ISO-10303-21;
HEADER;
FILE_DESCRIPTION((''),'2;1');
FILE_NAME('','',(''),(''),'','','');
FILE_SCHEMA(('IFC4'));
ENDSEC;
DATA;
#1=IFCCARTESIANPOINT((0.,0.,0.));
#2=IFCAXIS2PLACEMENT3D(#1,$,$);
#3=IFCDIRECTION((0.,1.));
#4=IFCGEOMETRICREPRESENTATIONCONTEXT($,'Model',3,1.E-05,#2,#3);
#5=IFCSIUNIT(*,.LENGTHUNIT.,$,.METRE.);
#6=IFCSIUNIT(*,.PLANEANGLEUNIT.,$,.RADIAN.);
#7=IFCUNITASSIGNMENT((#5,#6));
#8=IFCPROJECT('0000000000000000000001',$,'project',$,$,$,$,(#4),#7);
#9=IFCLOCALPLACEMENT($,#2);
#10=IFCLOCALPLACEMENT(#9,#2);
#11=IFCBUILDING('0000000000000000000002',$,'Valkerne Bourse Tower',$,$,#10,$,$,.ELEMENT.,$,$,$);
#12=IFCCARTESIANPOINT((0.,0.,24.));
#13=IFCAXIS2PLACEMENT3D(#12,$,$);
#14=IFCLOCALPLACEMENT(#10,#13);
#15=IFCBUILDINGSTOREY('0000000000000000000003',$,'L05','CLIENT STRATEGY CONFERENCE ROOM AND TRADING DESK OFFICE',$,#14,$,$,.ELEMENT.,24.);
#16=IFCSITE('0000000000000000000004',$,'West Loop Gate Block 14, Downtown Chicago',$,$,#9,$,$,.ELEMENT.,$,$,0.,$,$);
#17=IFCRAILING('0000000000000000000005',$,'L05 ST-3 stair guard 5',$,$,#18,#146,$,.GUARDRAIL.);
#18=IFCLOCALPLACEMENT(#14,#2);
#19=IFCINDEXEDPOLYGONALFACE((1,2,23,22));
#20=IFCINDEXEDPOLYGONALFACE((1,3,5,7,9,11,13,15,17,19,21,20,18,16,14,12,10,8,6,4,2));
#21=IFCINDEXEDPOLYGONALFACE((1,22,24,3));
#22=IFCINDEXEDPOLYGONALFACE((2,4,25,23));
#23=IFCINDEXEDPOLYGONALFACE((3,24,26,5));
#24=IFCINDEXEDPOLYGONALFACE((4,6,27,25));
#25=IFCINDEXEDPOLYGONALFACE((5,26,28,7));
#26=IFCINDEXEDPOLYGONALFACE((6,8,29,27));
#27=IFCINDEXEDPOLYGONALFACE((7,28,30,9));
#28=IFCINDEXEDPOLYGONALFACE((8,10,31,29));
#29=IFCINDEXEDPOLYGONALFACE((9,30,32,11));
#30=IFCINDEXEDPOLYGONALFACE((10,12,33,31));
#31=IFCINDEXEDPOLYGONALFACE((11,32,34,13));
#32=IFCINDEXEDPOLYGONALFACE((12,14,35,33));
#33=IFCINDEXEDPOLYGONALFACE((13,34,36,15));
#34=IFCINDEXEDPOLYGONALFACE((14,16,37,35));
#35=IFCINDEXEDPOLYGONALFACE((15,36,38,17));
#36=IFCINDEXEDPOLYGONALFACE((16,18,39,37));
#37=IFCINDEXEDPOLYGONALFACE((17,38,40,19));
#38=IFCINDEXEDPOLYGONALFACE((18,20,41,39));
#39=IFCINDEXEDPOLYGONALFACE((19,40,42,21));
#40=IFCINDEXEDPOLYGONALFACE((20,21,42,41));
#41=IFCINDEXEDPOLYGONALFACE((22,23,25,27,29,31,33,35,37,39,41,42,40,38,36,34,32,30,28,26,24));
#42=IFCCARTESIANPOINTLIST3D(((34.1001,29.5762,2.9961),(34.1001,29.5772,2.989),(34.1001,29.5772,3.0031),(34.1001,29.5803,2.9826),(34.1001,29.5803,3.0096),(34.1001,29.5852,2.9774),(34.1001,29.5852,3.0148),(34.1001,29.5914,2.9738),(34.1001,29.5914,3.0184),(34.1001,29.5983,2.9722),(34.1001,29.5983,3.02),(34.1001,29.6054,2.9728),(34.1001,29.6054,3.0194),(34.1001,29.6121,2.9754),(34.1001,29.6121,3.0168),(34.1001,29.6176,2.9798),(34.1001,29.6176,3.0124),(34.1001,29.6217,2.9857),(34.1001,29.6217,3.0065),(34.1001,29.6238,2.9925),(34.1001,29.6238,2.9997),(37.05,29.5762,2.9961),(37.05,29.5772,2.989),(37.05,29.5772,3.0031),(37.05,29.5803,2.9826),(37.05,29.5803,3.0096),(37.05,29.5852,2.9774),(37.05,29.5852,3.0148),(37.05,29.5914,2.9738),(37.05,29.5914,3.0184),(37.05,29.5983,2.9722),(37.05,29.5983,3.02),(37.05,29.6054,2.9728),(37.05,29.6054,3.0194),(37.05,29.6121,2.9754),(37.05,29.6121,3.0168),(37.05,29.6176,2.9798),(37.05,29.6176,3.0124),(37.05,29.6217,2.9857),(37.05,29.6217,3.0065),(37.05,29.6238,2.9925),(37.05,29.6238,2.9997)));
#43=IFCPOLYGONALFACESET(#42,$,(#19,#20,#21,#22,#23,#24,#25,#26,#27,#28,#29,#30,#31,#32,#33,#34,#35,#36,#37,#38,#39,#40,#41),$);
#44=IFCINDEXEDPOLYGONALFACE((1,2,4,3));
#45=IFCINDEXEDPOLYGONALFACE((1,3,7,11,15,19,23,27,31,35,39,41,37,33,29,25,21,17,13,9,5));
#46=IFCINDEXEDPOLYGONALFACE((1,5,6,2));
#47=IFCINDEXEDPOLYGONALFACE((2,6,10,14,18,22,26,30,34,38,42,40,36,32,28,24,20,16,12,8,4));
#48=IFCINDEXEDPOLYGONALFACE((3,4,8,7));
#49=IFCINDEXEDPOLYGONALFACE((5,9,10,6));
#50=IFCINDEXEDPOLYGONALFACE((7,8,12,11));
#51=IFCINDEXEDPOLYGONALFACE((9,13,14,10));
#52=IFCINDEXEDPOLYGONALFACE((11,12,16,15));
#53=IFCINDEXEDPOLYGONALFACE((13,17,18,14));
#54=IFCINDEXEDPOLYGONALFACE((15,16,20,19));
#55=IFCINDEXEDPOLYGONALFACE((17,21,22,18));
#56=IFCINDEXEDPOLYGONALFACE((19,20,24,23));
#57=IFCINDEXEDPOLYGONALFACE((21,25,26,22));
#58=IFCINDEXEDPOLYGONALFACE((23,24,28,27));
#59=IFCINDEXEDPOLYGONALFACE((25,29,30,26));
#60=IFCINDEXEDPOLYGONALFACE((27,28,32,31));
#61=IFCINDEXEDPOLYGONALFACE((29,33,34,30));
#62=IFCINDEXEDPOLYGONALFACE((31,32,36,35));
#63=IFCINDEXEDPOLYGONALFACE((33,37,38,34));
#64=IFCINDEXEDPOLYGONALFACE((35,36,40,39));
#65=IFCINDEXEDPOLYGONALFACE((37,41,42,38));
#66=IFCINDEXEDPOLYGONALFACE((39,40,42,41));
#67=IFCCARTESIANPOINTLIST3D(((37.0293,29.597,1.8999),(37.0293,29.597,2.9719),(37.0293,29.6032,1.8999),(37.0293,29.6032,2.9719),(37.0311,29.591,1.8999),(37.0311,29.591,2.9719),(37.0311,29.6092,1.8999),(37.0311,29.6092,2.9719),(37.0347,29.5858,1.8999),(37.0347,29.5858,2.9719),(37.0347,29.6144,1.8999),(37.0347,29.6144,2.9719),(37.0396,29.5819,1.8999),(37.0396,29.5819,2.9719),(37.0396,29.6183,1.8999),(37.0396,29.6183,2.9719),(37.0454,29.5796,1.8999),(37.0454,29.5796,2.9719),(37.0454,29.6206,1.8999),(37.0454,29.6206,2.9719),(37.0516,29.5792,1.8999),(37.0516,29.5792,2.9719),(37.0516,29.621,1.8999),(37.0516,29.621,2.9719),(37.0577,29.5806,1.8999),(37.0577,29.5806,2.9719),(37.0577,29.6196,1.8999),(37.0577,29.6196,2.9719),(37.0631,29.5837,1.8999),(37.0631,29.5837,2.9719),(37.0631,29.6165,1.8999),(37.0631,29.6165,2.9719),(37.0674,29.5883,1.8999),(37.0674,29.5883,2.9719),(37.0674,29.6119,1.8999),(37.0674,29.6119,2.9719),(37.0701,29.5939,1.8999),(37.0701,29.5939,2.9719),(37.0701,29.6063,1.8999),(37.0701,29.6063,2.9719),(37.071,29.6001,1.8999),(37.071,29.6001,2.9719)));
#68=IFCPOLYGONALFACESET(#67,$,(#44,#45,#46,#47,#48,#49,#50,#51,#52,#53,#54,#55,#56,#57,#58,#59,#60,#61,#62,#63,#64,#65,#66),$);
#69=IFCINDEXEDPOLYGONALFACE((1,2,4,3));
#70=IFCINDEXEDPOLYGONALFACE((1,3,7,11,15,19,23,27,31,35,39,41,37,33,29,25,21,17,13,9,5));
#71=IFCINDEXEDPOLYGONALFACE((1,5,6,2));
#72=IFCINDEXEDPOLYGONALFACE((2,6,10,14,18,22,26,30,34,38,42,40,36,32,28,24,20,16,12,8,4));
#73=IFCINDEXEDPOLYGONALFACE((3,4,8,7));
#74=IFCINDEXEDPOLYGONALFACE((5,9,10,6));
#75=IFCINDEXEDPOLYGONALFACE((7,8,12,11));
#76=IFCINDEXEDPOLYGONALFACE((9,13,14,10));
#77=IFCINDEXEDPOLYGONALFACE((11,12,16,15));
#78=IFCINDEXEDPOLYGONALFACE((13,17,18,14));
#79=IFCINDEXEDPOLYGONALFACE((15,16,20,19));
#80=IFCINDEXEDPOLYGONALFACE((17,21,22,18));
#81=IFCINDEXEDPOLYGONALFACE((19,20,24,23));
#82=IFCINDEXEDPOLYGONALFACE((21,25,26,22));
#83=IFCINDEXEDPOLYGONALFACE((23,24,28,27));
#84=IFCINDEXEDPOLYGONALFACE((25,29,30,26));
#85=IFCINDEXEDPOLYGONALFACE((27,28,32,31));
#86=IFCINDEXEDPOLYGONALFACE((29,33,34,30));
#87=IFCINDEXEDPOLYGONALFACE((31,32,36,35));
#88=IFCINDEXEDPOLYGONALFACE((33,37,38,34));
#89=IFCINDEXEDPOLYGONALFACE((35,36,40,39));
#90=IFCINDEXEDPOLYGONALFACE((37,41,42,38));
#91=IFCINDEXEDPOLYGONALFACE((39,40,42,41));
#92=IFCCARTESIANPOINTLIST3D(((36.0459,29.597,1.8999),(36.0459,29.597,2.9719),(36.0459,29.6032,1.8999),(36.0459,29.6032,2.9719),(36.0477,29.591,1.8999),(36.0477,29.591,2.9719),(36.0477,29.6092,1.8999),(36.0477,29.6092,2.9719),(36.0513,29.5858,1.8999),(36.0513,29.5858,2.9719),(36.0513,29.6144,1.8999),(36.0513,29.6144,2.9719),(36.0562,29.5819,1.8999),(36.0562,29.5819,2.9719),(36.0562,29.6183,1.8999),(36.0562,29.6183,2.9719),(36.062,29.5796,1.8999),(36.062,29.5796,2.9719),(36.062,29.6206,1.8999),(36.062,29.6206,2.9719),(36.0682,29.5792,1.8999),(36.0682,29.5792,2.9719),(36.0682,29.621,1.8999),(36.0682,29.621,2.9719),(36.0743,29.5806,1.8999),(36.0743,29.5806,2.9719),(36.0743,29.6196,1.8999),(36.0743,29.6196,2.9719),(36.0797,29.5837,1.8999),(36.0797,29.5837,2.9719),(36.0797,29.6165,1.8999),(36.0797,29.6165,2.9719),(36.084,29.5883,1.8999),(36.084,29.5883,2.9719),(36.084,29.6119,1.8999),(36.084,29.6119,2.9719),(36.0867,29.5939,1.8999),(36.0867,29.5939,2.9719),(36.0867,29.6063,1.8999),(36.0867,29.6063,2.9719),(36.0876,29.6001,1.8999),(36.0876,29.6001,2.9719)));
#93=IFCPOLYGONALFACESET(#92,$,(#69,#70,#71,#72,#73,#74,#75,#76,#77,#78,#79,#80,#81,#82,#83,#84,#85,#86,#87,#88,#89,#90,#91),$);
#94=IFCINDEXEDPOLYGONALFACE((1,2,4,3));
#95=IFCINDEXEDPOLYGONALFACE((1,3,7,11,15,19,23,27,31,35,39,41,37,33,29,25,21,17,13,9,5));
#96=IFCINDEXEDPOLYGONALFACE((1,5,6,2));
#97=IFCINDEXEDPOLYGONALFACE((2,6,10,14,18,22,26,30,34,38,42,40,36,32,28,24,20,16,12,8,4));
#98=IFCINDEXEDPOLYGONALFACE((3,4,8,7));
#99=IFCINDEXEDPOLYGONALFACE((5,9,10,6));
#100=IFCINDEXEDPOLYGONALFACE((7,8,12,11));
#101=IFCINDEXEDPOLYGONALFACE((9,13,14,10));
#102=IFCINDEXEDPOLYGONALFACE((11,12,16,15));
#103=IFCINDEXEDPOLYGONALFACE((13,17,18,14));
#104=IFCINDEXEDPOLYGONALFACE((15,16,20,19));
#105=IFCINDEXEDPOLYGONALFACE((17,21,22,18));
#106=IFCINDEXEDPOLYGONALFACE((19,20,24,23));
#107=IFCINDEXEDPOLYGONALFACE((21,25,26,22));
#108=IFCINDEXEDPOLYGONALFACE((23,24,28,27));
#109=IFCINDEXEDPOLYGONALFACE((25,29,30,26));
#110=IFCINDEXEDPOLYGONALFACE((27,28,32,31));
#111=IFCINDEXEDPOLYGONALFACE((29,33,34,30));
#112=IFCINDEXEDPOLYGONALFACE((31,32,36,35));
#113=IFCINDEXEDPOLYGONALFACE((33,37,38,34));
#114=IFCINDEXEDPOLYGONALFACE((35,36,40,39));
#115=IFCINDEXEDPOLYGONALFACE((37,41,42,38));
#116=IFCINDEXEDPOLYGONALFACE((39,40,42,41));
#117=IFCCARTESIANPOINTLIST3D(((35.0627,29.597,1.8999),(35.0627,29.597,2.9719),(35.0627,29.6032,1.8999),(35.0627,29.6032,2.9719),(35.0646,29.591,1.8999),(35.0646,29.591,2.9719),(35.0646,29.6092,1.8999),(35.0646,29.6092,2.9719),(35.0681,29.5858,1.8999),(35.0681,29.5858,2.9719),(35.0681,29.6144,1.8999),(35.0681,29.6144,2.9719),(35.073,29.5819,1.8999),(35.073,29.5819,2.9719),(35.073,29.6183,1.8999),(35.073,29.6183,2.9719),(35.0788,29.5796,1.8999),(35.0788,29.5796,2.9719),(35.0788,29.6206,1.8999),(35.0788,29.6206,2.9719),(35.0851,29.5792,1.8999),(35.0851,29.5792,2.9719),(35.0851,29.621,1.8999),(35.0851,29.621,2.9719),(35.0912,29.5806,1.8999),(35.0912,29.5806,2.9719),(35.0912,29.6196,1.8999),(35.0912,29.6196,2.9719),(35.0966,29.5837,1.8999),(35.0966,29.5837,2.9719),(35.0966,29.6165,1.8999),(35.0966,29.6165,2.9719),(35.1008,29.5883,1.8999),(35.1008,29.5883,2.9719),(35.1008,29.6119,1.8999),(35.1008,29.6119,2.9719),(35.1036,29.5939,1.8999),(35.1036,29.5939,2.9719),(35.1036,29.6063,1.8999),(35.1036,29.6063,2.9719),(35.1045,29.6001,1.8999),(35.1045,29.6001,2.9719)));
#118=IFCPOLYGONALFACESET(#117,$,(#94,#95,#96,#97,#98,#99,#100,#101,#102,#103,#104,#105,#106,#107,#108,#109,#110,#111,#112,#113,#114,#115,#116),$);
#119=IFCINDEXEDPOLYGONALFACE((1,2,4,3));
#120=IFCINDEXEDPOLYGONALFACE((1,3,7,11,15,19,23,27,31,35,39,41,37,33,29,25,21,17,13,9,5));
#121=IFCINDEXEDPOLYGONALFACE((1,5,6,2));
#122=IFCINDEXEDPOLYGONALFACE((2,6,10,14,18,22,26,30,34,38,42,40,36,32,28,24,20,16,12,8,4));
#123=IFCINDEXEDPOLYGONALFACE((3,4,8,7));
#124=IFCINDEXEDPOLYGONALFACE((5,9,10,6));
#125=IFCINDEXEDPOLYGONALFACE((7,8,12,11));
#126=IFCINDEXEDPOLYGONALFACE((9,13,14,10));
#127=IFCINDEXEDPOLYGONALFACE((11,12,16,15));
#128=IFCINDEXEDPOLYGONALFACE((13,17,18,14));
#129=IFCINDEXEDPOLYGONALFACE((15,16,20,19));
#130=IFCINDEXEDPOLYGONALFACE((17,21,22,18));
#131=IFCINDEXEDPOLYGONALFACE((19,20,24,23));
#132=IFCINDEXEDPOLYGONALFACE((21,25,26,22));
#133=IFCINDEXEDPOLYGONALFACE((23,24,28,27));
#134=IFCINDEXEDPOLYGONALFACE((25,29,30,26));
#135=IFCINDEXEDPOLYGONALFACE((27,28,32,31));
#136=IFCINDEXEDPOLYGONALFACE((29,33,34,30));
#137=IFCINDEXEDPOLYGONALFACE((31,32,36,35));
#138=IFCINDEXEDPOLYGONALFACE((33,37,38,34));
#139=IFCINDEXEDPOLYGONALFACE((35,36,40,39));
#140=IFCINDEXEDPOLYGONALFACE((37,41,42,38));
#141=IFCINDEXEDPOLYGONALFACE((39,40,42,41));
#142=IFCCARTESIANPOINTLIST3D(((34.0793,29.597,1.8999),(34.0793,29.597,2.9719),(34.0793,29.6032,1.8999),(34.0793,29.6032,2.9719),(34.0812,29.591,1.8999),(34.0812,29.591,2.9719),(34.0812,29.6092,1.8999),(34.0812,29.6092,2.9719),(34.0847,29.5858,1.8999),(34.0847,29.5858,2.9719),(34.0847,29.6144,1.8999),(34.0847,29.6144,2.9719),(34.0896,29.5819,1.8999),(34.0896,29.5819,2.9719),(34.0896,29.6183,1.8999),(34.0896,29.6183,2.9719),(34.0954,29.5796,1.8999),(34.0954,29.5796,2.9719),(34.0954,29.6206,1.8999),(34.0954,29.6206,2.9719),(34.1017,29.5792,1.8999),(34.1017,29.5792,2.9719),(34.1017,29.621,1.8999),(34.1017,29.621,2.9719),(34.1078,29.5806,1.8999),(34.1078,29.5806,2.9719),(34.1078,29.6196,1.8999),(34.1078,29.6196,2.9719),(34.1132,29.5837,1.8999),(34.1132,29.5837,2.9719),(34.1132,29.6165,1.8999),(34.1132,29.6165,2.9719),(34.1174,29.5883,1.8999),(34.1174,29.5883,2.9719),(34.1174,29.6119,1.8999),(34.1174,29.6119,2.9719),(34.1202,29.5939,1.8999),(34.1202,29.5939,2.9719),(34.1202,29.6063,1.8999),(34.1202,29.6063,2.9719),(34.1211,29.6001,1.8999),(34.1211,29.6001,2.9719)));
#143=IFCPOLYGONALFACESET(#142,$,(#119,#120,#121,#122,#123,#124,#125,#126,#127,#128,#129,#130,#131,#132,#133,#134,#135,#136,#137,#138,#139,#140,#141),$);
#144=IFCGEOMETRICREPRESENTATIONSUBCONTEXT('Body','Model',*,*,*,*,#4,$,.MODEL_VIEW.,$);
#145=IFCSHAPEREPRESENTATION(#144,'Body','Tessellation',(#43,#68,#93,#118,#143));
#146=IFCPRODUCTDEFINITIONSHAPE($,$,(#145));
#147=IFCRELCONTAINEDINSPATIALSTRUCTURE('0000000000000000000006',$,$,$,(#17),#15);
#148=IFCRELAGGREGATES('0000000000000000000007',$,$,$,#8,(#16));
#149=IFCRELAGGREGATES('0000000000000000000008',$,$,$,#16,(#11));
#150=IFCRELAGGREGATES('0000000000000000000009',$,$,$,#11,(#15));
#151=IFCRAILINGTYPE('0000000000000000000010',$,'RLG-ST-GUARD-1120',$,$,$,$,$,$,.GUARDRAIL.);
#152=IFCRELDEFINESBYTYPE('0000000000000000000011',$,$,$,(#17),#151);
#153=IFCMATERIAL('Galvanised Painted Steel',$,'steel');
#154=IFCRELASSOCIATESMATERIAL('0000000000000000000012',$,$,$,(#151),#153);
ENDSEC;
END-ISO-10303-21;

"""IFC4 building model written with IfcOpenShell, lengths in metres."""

from ifc_helpers import new_model, si_unit, direction, frame, origin, origin_2d, place, context, subcontext, project, spatial, circle, extrude, material, type_object, element, save


model = new_model("IFC4")

# Units and contexts
model_context = context("Model", 3, precision=1e-05, world=origin(), true_north=direction((0.0, 1.0)))
body_context = subcontext(model_context, "Body", "Model", "MODEL_VIEW")
ifc_project = project(units=[si_unit("LENGTHUNIT", "METRE"), si_unit("PLANEANGLEUNIT", "RADIAN")], contexts=[model_context])

# Site, building, storey
site_placement = place(None, origin())
site = spatial("IfcSite", under=ifc_project, at=site_placement, Name="West Loop Gate Block 14, Downtown Chicago", CompositionType="ELEMENT", RefElevation=0.0)
building_placement = place(site_placement, origin())
building = spatial("IfcBuilding", under=site, at=building_placement, Name="Valkerne Bourse Tower", CompositionType="ELEMENT")
storey_placement = place(building_placement, frame((0.0, 0.0, 24.0)))
storey = spatial("IfcBuildingStorey", under=building, at=storey_placement, Name="L05", Description="CLIENT STRATEGY CONFERENCE ROOM AND TRADING DESK OFFICE", CompositionType="ELEMENT", Elevation=24.0)

# Shared definitions
ifc_material_1 = material(Name="Galvanised Painted Steel", Category="steel")

# Railing
railing_type = type_object("IfcRailingType", Name="RLG-ST-GUARD-1120", PredefinedType="GUARDRAIL", material=ifc_material_1)
railing_1_placement = place(storey_placement, frame((37.05, 29.6001, 1.8999)))
element("IfcRailing", 1, at=railing_1_placement, inside=storey, type_object=railing_type, Name="L05 ST-3 stair guard 5", PredefinedType="GUARDRAIL", context=body_context, shape_type="SweptSolid", body=[
    extrude(circle(Radius=0.0239, at=origin_2d()), frame((0.0, 0.0, 1.0962), z_axis=(-1.0, 0.0, 0.0), x_axis=(0.0, -1.0, 0.0)), (0.0, 0.0, 1.0), 2.95),
    extrude(circle(Radius=0.021, at=origin_2d()), origin(), (0.0, 0.0, 1.0), 1.072),
    extrude(circle(Radius=0.021, at=origin_2d()), frame((-0.9834, 0.0, 0.0)), (0.0, 0.0, 1.0), 1.072),
    extrude(circle(Radius=0.021, at=origin_2d()), frame((-1.9666, 0.0, 0.0)), (0.0, 0.0, 1.0), 1.072),
    extrude(circle(Radius=0.021, at=origin_2d()), frame((-2.95, 0.0, 0.0)), (0.0, 0.0, 1.0), 1.072),
])

save(model, "model.ifc")
